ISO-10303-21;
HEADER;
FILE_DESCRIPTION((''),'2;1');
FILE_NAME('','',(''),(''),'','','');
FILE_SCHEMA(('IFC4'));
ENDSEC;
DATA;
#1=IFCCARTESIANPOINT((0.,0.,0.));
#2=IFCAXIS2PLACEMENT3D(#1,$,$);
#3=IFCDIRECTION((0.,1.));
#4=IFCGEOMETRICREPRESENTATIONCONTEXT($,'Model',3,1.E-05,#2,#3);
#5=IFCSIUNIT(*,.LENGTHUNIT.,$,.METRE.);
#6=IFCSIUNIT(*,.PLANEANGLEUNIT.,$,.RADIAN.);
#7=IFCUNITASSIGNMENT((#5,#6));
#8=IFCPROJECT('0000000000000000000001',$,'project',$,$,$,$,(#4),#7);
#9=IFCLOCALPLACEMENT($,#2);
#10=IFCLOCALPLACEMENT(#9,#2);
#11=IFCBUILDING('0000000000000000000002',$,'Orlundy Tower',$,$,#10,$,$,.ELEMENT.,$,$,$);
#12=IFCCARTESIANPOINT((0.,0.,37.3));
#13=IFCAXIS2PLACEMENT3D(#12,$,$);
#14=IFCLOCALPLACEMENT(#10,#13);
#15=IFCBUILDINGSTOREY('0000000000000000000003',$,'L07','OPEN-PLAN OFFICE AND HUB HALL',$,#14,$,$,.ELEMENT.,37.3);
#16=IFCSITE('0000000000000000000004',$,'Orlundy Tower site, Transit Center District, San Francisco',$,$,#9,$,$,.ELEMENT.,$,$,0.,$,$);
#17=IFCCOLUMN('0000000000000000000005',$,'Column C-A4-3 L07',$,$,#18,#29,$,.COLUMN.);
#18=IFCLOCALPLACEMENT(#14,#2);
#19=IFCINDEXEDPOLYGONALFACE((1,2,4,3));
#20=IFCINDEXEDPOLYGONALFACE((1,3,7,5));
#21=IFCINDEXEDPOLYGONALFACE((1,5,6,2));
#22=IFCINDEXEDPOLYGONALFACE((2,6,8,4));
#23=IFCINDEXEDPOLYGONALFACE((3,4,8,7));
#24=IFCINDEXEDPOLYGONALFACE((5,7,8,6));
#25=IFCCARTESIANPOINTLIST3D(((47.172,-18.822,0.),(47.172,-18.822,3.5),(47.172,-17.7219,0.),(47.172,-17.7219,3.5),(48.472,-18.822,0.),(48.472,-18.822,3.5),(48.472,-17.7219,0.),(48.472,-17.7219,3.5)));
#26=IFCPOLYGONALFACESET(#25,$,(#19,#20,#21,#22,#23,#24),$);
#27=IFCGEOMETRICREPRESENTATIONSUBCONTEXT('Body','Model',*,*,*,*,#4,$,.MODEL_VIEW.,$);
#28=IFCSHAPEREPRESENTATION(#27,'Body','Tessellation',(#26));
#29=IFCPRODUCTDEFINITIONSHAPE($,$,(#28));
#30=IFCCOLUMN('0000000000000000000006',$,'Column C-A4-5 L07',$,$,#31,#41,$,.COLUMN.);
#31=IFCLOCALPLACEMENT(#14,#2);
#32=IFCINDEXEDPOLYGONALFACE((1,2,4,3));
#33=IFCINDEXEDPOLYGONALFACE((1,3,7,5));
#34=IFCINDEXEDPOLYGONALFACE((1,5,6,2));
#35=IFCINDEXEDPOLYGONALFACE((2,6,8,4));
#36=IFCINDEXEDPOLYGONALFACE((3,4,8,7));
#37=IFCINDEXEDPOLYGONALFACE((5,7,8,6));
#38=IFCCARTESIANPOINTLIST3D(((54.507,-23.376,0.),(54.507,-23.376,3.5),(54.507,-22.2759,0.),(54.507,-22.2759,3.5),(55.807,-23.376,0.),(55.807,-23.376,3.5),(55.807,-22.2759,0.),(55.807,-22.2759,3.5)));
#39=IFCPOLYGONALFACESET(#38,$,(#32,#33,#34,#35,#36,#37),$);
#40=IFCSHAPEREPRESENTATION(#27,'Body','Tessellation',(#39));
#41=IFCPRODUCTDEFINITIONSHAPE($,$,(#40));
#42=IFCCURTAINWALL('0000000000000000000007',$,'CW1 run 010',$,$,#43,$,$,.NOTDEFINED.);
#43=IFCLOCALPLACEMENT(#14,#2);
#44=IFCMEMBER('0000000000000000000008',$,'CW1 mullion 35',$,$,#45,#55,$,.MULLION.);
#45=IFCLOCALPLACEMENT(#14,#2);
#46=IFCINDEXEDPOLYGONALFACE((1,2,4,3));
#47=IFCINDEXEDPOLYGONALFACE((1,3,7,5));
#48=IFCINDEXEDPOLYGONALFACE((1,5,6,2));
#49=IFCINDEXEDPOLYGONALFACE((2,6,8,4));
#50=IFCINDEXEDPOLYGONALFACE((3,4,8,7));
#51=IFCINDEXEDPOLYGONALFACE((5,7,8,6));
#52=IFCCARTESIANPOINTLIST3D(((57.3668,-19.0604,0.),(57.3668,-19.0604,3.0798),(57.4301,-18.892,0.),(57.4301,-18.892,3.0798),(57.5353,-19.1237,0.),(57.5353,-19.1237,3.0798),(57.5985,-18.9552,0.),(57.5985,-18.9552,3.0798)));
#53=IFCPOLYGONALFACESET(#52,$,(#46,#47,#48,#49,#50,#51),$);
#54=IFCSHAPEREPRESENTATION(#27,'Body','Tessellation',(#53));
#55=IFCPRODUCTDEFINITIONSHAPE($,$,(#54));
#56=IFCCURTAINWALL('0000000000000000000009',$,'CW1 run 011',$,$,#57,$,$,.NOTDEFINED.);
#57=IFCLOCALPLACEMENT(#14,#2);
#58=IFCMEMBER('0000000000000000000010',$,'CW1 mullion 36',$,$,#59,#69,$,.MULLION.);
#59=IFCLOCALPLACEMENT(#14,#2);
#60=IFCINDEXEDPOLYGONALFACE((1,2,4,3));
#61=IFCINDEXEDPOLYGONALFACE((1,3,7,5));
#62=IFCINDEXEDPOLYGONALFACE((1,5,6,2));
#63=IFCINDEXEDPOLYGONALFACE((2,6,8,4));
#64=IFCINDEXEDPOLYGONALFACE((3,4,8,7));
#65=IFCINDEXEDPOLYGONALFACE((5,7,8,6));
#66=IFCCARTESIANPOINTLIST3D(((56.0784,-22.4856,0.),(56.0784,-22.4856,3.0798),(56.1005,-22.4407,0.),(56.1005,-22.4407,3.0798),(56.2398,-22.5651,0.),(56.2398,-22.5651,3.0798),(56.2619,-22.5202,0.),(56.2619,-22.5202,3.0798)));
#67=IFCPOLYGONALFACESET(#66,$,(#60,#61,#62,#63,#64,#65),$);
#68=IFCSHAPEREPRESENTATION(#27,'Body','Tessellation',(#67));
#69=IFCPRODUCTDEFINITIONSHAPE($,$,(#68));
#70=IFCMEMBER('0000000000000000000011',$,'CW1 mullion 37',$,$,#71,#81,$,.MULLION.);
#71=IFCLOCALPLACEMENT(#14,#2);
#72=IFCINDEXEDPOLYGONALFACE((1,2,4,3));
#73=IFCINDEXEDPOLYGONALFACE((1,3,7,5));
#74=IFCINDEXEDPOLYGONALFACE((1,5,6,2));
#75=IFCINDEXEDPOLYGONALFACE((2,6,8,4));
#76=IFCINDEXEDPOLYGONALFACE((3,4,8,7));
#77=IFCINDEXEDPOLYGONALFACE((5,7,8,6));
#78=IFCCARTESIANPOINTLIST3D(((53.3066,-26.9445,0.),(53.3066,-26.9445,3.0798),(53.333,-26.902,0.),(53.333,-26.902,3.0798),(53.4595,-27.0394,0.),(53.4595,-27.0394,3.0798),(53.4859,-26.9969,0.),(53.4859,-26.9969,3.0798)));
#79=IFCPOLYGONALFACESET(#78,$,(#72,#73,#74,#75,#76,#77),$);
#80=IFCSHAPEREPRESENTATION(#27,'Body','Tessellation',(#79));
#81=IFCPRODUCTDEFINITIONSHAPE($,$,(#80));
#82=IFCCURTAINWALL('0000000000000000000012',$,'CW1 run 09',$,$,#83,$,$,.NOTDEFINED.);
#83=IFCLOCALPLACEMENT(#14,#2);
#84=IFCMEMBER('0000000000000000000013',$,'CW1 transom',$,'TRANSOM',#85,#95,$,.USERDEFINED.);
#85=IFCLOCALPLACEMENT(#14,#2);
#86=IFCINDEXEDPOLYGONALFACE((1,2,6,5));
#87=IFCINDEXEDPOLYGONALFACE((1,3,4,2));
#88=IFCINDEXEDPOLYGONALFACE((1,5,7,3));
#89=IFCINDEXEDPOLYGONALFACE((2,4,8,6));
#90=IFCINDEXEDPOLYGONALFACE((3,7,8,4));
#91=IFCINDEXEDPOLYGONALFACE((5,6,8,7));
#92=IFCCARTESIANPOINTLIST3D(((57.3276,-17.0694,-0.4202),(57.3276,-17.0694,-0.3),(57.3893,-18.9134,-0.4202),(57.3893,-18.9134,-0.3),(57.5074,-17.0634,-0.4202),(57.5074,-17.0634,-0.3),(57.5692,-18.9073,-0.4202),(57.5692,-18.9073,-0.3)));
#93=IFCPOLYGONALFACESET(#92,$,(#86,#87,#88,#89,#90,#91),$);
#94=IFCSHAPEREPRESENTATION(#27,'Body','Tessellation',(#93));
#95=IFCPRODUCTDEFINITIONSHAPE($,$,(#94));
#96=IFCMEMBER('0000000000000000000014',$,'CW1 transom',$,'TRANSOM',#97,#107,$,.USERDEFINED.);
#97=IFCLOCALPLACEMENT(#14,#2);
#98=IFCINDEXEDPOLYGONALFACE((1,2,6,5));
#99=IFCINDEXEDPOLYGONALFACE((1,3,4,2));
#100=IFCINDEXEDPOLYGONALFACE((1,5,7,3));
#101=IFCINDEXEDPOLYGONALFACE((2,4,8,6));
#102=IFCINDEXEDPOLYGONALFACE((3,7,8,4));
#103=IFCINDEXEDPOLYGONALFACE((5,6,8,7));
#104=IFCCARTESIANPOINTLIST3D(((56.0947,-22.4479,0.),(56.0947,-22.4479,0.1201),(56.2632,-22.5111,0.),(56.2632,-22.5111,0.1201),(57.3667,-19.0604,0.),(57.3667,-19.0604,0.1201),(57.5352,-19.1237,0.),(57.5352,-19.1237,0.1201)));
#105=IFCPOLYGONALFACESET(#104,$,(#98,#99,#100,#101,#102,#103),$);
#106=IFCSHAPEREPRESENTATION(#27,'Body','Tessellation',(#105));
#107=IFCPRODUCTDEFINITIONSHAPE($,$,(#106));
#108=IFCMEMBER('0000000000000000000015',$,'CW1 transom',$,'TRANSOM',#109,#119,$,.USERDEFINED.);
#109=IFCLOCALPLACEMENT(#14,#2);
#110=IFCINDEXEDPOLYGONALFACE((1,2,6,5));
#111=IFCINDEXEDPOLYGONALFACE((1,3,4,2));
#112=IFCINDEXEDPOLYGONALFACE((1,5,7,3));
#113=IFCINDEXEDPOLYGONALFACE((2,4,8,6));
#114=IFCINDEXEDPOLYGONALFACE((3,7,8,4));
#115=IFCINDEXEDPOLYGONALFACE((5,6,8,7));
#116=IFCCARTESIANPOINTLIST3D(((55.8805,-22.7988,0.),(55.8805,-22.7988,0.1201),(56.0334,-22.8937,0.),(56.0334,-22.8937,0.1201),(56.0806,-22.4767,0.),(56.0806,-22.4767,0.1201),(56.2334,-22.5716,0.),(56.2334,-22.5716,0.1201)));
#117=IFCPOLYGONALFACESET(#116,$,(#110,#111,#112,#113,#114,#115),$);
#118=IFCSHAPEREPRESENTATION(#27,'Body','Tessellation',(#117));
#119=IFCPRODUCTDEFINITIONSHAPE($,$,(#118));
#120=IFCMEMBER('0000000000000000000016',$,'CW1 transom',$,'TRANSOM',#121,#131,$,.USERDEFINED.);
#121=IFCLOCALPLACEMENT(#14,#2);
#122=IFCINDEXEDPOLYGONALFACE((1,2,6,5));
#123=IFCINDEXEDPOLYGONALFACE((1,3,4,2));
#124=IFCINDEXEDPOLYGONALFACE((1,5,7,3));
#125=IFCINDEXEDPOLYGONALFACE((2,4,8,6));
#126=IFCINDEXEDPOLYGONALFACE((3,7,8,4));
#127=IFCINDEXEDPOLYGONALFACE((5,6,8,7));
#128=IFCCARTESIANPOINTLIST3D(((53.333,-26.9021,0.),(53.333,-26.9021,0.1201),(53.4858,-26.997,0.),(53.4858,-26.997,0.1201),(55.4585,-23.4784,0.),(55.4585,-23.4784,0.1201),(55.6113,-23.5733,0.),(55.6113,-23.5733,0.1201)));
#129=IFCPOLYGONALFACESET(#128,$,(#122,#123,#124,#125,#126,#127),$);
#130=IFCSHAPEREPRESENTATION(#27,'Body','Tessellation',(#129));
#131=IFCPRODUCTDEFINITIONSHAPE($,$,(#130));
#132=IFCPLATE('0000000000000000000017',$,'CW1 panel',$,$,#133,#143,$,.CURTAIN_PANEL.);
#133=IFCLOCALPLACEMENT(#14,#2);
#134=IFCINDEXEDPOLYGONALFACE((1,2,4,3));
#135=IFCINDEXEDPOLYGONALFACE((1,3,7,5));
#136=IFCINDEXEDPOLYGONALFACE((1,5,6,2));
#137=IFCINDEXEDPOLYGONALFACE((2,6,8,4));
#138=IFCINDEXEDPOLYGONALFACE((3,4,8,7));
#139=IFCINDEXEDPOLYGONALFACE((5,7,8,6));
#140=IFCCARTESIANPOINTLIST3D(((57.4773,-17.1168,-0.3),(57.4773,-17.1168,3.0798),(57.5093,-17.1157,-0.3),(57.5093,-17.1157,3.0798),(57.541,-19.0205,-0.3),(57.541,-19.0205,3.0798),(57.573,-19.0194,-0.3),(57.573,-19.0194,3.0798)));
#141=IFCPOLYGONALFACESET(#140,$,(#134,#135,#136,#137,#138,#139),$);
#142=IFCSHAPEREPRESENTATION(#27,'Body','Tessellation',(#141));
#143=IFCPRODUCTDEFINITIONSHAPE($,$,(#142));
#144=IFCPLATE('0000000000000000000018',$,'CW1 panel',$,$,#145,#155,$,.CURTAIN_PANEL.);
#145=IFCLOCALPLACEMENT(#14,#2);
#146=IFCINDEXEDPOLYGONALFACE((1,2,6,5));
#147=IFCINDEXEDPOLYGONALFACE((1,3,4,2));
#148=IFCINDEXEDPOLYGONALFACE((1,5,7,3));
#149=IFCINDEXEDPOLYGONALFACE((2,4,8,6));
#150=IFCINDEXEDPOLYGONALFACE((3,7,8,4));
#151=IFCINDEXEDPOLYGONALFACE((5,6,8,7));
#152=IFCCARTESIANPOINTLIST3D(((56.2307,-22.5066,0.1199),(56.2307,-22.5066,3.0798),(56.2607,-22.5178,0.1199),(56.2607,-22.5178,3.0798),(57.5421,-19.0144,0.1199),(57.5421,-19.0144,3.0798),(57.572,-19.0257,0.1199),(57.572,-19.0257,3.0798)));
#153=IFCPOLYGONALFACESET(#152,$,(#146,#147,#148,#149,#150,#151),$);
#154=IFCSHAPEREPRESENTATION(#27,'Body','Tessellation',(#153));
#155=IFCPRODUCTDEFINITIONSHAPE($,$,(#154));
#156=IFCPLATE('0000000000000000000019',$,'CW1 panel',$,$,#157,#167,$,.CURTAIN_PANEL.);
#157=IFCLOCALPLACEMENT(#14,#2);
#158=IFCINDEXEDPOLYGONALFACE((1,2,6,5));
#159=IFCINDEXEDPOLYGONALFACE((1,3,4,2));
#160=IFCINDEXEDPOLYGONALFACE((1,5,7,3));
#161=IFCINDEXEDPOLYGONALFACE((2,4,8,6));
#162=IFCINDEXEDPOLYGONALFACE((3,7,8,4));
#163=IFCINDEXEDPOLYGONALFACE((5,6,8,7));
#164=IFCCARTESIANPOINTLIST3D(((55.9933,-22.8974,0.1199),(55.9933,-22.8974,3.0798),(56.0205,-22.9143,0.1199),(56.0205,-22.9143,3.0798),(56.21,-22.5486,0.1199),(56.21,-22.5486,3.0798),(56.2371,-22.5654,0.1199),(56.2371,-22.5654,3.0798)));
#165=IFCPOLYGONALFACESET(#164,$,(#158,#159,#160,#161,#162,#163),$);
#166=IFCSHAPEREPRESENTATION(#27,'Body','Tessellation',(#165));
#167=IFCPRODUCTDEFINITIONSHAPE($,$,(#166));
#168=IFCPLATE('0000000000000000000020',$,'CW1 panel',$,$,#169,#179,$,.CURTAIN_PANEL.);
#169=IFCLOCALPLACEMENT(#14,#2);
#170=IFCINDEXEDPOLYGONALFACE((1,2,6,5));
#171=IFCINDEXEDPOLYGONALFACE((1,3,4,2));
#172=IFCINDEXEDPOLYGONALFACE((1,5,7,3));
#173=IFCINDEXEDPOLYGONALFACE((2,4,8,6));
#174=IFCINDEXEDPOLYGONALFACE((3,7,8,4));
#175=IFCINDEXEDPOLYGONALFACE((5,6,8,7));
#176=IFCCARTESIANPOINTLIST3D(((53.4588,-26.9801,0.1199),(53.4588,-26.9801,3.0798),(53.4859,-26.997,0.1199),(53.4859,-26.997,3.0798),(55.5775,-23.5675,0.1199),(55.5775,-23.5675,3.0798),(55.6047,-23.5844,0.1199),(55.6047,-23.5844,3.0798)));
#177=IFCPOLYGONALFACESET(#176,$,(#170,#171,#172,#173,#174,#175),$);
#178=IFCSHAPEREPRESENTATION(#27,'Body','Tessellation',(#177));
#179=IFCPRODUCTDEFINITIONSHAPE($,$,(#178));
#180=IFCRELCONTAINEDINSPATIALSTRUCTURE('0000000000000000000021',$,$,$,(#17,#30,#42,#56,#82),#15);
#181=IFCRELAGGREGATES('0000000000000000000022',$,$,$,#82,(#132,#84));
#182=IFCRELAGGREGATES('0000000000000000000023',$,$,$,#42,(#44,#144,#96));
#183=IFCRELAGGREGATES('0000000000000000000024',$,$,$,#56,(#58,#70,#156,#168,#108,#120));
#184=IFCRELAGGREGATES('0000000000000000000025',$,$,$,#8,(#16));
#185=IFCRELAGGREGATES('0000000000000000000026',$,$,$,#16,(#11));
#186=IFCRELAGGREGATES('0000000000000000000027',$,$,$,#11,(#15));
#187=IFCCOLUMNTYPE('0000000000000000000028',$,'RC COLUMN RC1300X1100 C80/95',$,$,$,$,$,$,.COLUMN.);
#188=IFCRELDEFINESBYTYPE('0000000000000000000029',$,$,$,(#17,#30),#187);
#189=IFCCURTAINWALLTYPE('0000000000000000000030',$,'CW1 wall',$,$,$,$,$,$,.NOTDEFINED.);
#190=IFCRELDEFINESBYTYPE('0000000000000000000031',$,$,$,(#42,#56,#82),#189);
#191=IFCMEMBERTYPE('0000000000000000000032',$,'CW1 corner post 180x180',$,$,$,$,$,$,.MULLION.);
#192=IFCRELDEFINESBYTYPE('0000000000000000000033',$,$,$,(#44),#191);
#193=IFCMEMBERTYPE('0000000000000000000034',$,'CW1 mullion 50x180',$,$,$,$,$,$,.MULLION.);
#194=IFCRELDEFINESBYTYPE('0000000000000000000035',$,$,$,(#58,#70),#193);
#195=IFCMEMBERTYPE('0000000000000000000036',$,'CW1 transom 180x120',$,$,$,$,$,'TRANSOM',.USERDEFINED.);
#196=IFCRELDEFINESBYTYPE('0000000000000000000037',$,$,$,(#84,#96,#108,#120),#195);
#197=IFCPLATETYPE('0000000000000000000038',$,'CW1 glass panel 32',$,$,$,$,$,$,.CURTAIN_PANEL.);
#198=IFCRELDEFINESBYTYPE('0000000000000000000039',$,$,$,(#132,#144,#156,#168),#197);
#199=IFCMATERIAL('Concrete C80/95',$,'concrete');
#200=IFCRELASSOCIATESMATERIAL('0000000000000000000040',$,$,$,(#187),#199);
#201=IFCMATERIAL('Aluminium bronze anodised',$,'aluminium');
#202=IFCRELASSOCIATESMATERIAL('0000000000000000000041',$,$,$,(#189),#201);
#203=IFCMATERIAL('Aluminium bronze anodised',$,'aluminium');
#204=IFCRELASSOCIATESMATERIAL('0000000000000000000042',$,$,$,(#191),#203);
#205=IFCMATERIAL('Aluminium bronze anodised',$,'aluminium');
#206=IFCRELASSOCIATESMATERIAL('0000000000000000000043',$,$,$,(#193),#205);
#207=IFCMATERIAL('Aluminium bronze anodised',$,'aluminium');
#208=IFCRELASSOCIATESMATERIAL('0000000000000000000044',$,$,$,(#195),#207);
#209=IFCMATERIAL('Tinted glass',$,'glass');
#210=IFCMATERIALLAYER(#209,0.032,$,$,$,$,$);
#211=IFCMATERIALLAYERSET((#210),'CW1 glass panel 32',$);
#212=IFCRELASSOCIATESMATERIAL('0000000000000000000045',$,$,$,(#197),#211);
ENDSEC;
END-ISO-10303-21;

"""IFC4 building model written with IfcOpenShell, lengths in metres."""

from ifc_helpers import new_model, si_unit, direction, frame, origin, origin_2d, place, context, subcontext, project, spatial, rectangle, extrude, material, layer, layer_set, material_profile, profile_set, type_object, element, aggregate, save


model = new_model("IFC4")

# Units and contexts
model_context = context("Model", 3, precision=1e-05, world=origin(), true_north=direction((0.0, 1.0)))
body_context = subcontext(model_context, "Body", "Model", "MODEL_VIEW")
ifc_project = project(units=[si_unit("LENGTHUNIT", "METRE"), si_unit("PLANEANGLEUNIT", "RADIAN")], contexts=[model_context])

# Site, building, storey
site_placement = place(None, origin())
site = spatial("IfcSite", under=ifc_project, at=site_placement, Name="Orlundy Tower site, Transit Center District, San Francisco", CompositionType="ELEMENT", RefElevation=0.0)
building_placement = place(site_placement, origin())
building = spatial("IfcBuilding", under=site, at=building_placement, Name="Orlundy Tower", CompositionType="ELEMENT")
storey_placement = place(building_placement, frame((0.0, 0.0, 37.3)))
storey = spatial("IfcBuildingStorey", under=building, at=storey_placement, Name="L07", Description="OPEN-PLAN OFFICE AND HUB HALL", CompositionType="ELEMENT", Elevation=37.3)

# Columns
ifc_material_1 = material(Name="Concrete C80/95", Category="concrete")
ifc_material_profile_1 = material_profile(ifc_material_1, rectangle(XDim=1.3, YDim=1.1001, at=origin_2d()), Name="RC1300X1100")
ifc_profile_set_1 = profile_set([ifc_material_profile_1], Name="Concrete C80/95")
column_type = type_object("IfcColumnType", Name="RC COLUMN RC1300X1100 C80/95", PredefinedType="COLUMN", material=ifc_profile_set_1)
for number, where, z_axis, x_axis, name in (
    (1, (47.822, -18.272, 0.0), (0.0, 0.0, 1.0), (1.0, 0.0, 0.0), "Column C-A4-3 L07"),
    (2, (55.157, -22.8259, 0.0), (0.0, 0.0, 1.0), (1.0, 0.0, 0.0), "Column C-A4-5 L07"),
):
    element("IfcColumn", number, at=place(storey_placement, frame(where, z_axis=z_axis, x_axis=x_axis)), inside=storey, type_object=column_type, Name=name, PredefinedType="COLUMN", context=body_context, shape_type="SweptSolid", body=[
        extrude(rectangle(XDim=1.3, YDim=1.1001, at=origin_2d()), origin(), (0.0, 0.0, 1.0), 3.5),
    ])

# Curtain wall, member
ifc_material_2 = material(Name="Aluminium bronze anodised", Category="aluminium")
curtain_wall_type = type_object("IfcCurtainWallType", Name="CW1 wall", PredefinedType="NOTDEFINED", material=ifc_material_2)
curtain_wall_1_placement = place(storey_placement, origin())
curtain_wall_1 = element("IfcCurtainWall", 3, at=curtain_wall_1_placement, inside=storey, type_object=curtain_wall_type, Name="CW1 run 010", PredefinedType="NOTDEFINED")
ifc_material_3 = material(Name="Aluminium bronze anodised", Category="aluminium")
ifc_material_profile_2 = material_profile(ifc_material_3, rectangle(XDim=0.1799, YDim=0.1799, at=origin_2d()), Name="CW1 corner post 180x180")
ifc_profile_set_2 = profile_set([ifc_material_profile_2], Name="Aluminium bronze anodised")
member_type_1 = type_object("IfcMemberType", Name="CW1 corner post 180x180", PredefinedType="MULLION", material=ifc_profile_set_2)
member_1_placement = place(storey_placement, frame((57.4827, -19.0078, 0.0), z_axis=(0.0, 0.0, 1.0), x_axis=(0.936174, -0.351537, 0.0)))
member_1 = element("IfcMember", 4, at=member_1_placement, type_object=member_type_1, Name="CW1 mullion 35", PredefinedType="MULLION", context=body_context, shape_type="SweptSolid", body=[
    extrude(rectangle(XDim=0.1799, YDim=0.1799, at=origin_2d()), origin(), (0.0, 0.0, 1.0), 3.0798),
])

# Curtain wall, members
curtain_wall_2_placement = place(storey_placement, origin())
curtain_wall_2 = element("IfcCurtainWall", 5, at=curtain_wall_2_placement, inside=storey, type_object=curtain_wall_type, Name="CW1 run 011", PredefinedType="NOTDEFINED")
ifc_material_4 = material(Name="Aluminium bronze anodised", Category="aluminium")
ifc_material_profile_3 = material_profile(ifc_material_4, rectangle(XDim=0.1799, YDim=0.05, at=origin_2d()), Name="CW1 mullion 50x180")
ifc_profile_set_3 = profile_set([ifc_material_profile_3], Name="Aluminium bronze anodised")
member_type_2 = type_object("IfcMemberType", Name="CW1 mullion 50x180", PredefinedType="MULLION", material=ifc_profile_set_3)
member_2_placement = place(storey_placement, frame((56.1702, -22.5029, 0.0), z_axis=(0.0, 0.0, 1.0), x_axis=(0.897195, -0.441634, 0.0)))
member_2 = element("IfcMember", 6, at=member_2_placement, type_object=member_type_2, Name="CW1 mullion 36", PredefinedType="MULLION", context=body_context, shape_type="SweptSolid", body=[
    extrude(rectangle(XDim=0.1799, YDim=0.05, at=origin_2d()), origin(), (0.0, 0.0, 1.0), 3.0798),
])
member_3_placement = place(storey_placement, frame((53.3962, -26.9707, 0.0), z_axis=(0.0, 0.0, 1.0), x_axis=(0.84957, -0.527475, 0.0)))
member_3 = element("IfcMember", 7, at=member_3_placement, type_object=member_type_2, Name="CW1 mullion 37", PredefinedType="MULLION", context=body_context, shape_type="SweptSolid", body=[
    extrude(rectangle(XDim=0.1799, YDim=0.05, at=origin_2d()), origin(), (0.0, 0.0, 1.0), 3.0798),
])

# Curtain wall, member
curtain_wall_3_placement = place(storey_placement, origin())
curtain_wall_3 = element("IfcCurtainWall", 8, at=curtain_wall_3_placement, inside=storey, type_object=curtain_wall_type, Name="CW1 run 09", PredefinedType="NOTDEFINED")
ifc_material_5 = material(Name="Aluminium bronze anodised", Category="aluminium")
ifc_material_profile_4 = material_profile(ifc_material_5, rectangle(XDim=0.1799, YDim=0.1201, at=origin_2d()), Name="CW1 transom 180x120")
ifc_profile_set_4 = profile_set([ifc_material_profile_4], Name="Aluminium bronze anodised")
member_type_3 = type_object("IfcMemberType", Name="CW1 transom 180x120", ElementType="TRANSOM", PredefinedType="USERDEFINED", material=ifc_profile_set_4)
member_4_placement = place(storey_placement, frame((57.4175, -17.0664, -0.3601), z_axis=(0.033478, -0.999439, 0.0), x_axis=(0.999439, 0.033478, 0.0)))
member_4 = element("IfcMember", 9, at=member_4_placement, type_object=member_type_3, Name="CW1 transom", ObjectType="TRANSOM", PredefinedType="USERDEFINED", context=body_context, shape_type="SweptSolid", body=[
    extrude(rectangle(XDim=0.1799, YDim=0.1201, at=origin_2d()), origin(), (0.0, 0.0, 1.0), 1.845),
])

# Members
member_5_placement = place(storey_placement, frame((57.4509, -19.092, 0.0601), z_axis=(-0.35153, -0.936177, 0.0), x_axis=(0.936177, -0.35153, 0.0)))
member_5 = element("IfcMember", 10, at=member_5_placement, type_object=member_type_3, Name="CW1 transom", ObjectType="TRANSOM", PredefinedType="USERDEFINED", context=body_context, shape_type="SweptSolid", body=[
    extrude(rectangle(XDim=0.1799, YDim=0.1201, at=origin_2d()), origin(), (0.0, 0.0, 1.0), 3.6184),
])
member_6_placement = place(storey_placement, frame((56.157, -22.5242, 0.0601), z_axis=(-0.527507, -0.849551, 0.0), x_axis=(0.849551, -0.527507, 0.0)))
member_6 = element("IfcMember", 11, at=member_6_placement, type_object=member_type_3, Name="CW1 transom", ObjectType="TRANSOM", PredefinedType="USERDEFINED", context=body_context, shape_type="SweptSolid", body=[
    extrude(rectangle(XDim=0.1799, YDim=0.1201, at=origin_2d()), origin(), (0.0, 0.0, 1.0), 0.3792),
])
member_7_placement = place(storey_placement, frame((55.5349, -23.5259, 0.0601), z_axis=(-0.527453, -0.849584, 0.0), x_axis=(0.849584, -0.527453, 0.0)))
member_7 = element("IfcMember", 12, at=member_7_placement, type_object=member_type_3, Name="CW1 transom", ObjectType="TRANSOM", PredefinedType="USERDEFINED", context=body_context, shape_type="SweptSolid", body=[
    extrude(rectangle(XDim=0.1799, YDim=0.1201, at=origin_2d()), origin(), (0.0, 0.0, 1.0), 4.0298),
])

# Plates
ifc_material_6 = material(Name="Tinted glass", Category="glass")
ifc_layer_1 = layer(ifc_material_6, 0.032)
ifc_layer_set_1 = layer_set([ifc_layer_1], Name="CW1 glass panel 32")
plate_type = type_object("IfcPlateType", Name="CW1 glass panel 32", PredefinedType="CURTAIN_PANEL", material=ifc_layer_set_1)
plate_1_placement = place(storey_placement, frame((57.5251, -18.0681, -0.3), z_axis=(0.0, 0.0, 1.0), x_axis=(0.03345, -0.99944, 0.0)))
plate_1 = element("IfcPlate", 13, at=plate_1_placement, type_object=plate_type, Name="CW1 panel", PredefinedType="CURTAIN_PANEL", context=body_context, shape_type="SweptSolid", body=[
    extrude(rectangle(XDim=1.9048, YDim=0.032, at=origin_2d()), origin(), (0.0, 0.0, 1.0), 3.3799),
])
aggregate(curtain_wall_3, [plate_1, member_4])
plate_2_placement = place(storey_placement, frame((56.9014, -20.7661, 0.1199), z_axis=(0.0, 0.0, 1.0), x_axis=(-0.351537, -0.936174, 0.0)))
plate_2 = element("IfcPlate", 14, at=plate_2_placement, type_object=plate_type, Name="CW1 panel", PredefinedType="CURTAIN_PANEL", context=body_context, shape_type="SweptSolid", body=[
    extrude(rectangle(XDim=3.7302, YDim=0.032, at=origin_2d()), origin(), (0.0, 0.0, 1.0), 2.96),
])
aggregate(curtain_wall_1, [member_1, plate_2, member_5])
plate_3_placement = place(storey_placement, frame((56.1152, -22.7314, 0.1199), z_axis=(0.0, 0.0, 1.0), x_axis=(-0.527475, -0.84957, 0.0)))
plate_3 = element("IfcPlate", 15, at=plate_3_placement, type_object=plate_type, Name="CW1 panel", PredefinedType="CURTAIN_PANEL", context=body_context, shape_type="SweptSolid", body=[
    extrude(rectangle(XDim=0.4106, YDim=0.032, at=origin_2d()), origin(), (0.0, 0.0, 1.0), 2.96),
])
plate_4_placement = place(storey_placement, frame((54.5317, -25.2822, 0.1199), z_axis=(0.0, 0.0, 1.0), x_axis=(-0.527475, -0.84957, 0.0)))
plate_4 = element("IfcPlate", 16, at=plate_4_placement, type_object=plate_type, Name="CW1 panel", PredefinedType="CURTAIN_PANEL", context=body_context, shape_type="SweptSolid", body=[
    extrude(rectangle(XDim=4.0168, YDim=0.032, at=origin_2d()), origin(), (0.0, 0.0, 1.0), 2.96),
])
aggregate(curtain_wall_2, [member_2, member_3, plate_3, plate_4, member_6, member_7])

save(model, "model.ifc")
